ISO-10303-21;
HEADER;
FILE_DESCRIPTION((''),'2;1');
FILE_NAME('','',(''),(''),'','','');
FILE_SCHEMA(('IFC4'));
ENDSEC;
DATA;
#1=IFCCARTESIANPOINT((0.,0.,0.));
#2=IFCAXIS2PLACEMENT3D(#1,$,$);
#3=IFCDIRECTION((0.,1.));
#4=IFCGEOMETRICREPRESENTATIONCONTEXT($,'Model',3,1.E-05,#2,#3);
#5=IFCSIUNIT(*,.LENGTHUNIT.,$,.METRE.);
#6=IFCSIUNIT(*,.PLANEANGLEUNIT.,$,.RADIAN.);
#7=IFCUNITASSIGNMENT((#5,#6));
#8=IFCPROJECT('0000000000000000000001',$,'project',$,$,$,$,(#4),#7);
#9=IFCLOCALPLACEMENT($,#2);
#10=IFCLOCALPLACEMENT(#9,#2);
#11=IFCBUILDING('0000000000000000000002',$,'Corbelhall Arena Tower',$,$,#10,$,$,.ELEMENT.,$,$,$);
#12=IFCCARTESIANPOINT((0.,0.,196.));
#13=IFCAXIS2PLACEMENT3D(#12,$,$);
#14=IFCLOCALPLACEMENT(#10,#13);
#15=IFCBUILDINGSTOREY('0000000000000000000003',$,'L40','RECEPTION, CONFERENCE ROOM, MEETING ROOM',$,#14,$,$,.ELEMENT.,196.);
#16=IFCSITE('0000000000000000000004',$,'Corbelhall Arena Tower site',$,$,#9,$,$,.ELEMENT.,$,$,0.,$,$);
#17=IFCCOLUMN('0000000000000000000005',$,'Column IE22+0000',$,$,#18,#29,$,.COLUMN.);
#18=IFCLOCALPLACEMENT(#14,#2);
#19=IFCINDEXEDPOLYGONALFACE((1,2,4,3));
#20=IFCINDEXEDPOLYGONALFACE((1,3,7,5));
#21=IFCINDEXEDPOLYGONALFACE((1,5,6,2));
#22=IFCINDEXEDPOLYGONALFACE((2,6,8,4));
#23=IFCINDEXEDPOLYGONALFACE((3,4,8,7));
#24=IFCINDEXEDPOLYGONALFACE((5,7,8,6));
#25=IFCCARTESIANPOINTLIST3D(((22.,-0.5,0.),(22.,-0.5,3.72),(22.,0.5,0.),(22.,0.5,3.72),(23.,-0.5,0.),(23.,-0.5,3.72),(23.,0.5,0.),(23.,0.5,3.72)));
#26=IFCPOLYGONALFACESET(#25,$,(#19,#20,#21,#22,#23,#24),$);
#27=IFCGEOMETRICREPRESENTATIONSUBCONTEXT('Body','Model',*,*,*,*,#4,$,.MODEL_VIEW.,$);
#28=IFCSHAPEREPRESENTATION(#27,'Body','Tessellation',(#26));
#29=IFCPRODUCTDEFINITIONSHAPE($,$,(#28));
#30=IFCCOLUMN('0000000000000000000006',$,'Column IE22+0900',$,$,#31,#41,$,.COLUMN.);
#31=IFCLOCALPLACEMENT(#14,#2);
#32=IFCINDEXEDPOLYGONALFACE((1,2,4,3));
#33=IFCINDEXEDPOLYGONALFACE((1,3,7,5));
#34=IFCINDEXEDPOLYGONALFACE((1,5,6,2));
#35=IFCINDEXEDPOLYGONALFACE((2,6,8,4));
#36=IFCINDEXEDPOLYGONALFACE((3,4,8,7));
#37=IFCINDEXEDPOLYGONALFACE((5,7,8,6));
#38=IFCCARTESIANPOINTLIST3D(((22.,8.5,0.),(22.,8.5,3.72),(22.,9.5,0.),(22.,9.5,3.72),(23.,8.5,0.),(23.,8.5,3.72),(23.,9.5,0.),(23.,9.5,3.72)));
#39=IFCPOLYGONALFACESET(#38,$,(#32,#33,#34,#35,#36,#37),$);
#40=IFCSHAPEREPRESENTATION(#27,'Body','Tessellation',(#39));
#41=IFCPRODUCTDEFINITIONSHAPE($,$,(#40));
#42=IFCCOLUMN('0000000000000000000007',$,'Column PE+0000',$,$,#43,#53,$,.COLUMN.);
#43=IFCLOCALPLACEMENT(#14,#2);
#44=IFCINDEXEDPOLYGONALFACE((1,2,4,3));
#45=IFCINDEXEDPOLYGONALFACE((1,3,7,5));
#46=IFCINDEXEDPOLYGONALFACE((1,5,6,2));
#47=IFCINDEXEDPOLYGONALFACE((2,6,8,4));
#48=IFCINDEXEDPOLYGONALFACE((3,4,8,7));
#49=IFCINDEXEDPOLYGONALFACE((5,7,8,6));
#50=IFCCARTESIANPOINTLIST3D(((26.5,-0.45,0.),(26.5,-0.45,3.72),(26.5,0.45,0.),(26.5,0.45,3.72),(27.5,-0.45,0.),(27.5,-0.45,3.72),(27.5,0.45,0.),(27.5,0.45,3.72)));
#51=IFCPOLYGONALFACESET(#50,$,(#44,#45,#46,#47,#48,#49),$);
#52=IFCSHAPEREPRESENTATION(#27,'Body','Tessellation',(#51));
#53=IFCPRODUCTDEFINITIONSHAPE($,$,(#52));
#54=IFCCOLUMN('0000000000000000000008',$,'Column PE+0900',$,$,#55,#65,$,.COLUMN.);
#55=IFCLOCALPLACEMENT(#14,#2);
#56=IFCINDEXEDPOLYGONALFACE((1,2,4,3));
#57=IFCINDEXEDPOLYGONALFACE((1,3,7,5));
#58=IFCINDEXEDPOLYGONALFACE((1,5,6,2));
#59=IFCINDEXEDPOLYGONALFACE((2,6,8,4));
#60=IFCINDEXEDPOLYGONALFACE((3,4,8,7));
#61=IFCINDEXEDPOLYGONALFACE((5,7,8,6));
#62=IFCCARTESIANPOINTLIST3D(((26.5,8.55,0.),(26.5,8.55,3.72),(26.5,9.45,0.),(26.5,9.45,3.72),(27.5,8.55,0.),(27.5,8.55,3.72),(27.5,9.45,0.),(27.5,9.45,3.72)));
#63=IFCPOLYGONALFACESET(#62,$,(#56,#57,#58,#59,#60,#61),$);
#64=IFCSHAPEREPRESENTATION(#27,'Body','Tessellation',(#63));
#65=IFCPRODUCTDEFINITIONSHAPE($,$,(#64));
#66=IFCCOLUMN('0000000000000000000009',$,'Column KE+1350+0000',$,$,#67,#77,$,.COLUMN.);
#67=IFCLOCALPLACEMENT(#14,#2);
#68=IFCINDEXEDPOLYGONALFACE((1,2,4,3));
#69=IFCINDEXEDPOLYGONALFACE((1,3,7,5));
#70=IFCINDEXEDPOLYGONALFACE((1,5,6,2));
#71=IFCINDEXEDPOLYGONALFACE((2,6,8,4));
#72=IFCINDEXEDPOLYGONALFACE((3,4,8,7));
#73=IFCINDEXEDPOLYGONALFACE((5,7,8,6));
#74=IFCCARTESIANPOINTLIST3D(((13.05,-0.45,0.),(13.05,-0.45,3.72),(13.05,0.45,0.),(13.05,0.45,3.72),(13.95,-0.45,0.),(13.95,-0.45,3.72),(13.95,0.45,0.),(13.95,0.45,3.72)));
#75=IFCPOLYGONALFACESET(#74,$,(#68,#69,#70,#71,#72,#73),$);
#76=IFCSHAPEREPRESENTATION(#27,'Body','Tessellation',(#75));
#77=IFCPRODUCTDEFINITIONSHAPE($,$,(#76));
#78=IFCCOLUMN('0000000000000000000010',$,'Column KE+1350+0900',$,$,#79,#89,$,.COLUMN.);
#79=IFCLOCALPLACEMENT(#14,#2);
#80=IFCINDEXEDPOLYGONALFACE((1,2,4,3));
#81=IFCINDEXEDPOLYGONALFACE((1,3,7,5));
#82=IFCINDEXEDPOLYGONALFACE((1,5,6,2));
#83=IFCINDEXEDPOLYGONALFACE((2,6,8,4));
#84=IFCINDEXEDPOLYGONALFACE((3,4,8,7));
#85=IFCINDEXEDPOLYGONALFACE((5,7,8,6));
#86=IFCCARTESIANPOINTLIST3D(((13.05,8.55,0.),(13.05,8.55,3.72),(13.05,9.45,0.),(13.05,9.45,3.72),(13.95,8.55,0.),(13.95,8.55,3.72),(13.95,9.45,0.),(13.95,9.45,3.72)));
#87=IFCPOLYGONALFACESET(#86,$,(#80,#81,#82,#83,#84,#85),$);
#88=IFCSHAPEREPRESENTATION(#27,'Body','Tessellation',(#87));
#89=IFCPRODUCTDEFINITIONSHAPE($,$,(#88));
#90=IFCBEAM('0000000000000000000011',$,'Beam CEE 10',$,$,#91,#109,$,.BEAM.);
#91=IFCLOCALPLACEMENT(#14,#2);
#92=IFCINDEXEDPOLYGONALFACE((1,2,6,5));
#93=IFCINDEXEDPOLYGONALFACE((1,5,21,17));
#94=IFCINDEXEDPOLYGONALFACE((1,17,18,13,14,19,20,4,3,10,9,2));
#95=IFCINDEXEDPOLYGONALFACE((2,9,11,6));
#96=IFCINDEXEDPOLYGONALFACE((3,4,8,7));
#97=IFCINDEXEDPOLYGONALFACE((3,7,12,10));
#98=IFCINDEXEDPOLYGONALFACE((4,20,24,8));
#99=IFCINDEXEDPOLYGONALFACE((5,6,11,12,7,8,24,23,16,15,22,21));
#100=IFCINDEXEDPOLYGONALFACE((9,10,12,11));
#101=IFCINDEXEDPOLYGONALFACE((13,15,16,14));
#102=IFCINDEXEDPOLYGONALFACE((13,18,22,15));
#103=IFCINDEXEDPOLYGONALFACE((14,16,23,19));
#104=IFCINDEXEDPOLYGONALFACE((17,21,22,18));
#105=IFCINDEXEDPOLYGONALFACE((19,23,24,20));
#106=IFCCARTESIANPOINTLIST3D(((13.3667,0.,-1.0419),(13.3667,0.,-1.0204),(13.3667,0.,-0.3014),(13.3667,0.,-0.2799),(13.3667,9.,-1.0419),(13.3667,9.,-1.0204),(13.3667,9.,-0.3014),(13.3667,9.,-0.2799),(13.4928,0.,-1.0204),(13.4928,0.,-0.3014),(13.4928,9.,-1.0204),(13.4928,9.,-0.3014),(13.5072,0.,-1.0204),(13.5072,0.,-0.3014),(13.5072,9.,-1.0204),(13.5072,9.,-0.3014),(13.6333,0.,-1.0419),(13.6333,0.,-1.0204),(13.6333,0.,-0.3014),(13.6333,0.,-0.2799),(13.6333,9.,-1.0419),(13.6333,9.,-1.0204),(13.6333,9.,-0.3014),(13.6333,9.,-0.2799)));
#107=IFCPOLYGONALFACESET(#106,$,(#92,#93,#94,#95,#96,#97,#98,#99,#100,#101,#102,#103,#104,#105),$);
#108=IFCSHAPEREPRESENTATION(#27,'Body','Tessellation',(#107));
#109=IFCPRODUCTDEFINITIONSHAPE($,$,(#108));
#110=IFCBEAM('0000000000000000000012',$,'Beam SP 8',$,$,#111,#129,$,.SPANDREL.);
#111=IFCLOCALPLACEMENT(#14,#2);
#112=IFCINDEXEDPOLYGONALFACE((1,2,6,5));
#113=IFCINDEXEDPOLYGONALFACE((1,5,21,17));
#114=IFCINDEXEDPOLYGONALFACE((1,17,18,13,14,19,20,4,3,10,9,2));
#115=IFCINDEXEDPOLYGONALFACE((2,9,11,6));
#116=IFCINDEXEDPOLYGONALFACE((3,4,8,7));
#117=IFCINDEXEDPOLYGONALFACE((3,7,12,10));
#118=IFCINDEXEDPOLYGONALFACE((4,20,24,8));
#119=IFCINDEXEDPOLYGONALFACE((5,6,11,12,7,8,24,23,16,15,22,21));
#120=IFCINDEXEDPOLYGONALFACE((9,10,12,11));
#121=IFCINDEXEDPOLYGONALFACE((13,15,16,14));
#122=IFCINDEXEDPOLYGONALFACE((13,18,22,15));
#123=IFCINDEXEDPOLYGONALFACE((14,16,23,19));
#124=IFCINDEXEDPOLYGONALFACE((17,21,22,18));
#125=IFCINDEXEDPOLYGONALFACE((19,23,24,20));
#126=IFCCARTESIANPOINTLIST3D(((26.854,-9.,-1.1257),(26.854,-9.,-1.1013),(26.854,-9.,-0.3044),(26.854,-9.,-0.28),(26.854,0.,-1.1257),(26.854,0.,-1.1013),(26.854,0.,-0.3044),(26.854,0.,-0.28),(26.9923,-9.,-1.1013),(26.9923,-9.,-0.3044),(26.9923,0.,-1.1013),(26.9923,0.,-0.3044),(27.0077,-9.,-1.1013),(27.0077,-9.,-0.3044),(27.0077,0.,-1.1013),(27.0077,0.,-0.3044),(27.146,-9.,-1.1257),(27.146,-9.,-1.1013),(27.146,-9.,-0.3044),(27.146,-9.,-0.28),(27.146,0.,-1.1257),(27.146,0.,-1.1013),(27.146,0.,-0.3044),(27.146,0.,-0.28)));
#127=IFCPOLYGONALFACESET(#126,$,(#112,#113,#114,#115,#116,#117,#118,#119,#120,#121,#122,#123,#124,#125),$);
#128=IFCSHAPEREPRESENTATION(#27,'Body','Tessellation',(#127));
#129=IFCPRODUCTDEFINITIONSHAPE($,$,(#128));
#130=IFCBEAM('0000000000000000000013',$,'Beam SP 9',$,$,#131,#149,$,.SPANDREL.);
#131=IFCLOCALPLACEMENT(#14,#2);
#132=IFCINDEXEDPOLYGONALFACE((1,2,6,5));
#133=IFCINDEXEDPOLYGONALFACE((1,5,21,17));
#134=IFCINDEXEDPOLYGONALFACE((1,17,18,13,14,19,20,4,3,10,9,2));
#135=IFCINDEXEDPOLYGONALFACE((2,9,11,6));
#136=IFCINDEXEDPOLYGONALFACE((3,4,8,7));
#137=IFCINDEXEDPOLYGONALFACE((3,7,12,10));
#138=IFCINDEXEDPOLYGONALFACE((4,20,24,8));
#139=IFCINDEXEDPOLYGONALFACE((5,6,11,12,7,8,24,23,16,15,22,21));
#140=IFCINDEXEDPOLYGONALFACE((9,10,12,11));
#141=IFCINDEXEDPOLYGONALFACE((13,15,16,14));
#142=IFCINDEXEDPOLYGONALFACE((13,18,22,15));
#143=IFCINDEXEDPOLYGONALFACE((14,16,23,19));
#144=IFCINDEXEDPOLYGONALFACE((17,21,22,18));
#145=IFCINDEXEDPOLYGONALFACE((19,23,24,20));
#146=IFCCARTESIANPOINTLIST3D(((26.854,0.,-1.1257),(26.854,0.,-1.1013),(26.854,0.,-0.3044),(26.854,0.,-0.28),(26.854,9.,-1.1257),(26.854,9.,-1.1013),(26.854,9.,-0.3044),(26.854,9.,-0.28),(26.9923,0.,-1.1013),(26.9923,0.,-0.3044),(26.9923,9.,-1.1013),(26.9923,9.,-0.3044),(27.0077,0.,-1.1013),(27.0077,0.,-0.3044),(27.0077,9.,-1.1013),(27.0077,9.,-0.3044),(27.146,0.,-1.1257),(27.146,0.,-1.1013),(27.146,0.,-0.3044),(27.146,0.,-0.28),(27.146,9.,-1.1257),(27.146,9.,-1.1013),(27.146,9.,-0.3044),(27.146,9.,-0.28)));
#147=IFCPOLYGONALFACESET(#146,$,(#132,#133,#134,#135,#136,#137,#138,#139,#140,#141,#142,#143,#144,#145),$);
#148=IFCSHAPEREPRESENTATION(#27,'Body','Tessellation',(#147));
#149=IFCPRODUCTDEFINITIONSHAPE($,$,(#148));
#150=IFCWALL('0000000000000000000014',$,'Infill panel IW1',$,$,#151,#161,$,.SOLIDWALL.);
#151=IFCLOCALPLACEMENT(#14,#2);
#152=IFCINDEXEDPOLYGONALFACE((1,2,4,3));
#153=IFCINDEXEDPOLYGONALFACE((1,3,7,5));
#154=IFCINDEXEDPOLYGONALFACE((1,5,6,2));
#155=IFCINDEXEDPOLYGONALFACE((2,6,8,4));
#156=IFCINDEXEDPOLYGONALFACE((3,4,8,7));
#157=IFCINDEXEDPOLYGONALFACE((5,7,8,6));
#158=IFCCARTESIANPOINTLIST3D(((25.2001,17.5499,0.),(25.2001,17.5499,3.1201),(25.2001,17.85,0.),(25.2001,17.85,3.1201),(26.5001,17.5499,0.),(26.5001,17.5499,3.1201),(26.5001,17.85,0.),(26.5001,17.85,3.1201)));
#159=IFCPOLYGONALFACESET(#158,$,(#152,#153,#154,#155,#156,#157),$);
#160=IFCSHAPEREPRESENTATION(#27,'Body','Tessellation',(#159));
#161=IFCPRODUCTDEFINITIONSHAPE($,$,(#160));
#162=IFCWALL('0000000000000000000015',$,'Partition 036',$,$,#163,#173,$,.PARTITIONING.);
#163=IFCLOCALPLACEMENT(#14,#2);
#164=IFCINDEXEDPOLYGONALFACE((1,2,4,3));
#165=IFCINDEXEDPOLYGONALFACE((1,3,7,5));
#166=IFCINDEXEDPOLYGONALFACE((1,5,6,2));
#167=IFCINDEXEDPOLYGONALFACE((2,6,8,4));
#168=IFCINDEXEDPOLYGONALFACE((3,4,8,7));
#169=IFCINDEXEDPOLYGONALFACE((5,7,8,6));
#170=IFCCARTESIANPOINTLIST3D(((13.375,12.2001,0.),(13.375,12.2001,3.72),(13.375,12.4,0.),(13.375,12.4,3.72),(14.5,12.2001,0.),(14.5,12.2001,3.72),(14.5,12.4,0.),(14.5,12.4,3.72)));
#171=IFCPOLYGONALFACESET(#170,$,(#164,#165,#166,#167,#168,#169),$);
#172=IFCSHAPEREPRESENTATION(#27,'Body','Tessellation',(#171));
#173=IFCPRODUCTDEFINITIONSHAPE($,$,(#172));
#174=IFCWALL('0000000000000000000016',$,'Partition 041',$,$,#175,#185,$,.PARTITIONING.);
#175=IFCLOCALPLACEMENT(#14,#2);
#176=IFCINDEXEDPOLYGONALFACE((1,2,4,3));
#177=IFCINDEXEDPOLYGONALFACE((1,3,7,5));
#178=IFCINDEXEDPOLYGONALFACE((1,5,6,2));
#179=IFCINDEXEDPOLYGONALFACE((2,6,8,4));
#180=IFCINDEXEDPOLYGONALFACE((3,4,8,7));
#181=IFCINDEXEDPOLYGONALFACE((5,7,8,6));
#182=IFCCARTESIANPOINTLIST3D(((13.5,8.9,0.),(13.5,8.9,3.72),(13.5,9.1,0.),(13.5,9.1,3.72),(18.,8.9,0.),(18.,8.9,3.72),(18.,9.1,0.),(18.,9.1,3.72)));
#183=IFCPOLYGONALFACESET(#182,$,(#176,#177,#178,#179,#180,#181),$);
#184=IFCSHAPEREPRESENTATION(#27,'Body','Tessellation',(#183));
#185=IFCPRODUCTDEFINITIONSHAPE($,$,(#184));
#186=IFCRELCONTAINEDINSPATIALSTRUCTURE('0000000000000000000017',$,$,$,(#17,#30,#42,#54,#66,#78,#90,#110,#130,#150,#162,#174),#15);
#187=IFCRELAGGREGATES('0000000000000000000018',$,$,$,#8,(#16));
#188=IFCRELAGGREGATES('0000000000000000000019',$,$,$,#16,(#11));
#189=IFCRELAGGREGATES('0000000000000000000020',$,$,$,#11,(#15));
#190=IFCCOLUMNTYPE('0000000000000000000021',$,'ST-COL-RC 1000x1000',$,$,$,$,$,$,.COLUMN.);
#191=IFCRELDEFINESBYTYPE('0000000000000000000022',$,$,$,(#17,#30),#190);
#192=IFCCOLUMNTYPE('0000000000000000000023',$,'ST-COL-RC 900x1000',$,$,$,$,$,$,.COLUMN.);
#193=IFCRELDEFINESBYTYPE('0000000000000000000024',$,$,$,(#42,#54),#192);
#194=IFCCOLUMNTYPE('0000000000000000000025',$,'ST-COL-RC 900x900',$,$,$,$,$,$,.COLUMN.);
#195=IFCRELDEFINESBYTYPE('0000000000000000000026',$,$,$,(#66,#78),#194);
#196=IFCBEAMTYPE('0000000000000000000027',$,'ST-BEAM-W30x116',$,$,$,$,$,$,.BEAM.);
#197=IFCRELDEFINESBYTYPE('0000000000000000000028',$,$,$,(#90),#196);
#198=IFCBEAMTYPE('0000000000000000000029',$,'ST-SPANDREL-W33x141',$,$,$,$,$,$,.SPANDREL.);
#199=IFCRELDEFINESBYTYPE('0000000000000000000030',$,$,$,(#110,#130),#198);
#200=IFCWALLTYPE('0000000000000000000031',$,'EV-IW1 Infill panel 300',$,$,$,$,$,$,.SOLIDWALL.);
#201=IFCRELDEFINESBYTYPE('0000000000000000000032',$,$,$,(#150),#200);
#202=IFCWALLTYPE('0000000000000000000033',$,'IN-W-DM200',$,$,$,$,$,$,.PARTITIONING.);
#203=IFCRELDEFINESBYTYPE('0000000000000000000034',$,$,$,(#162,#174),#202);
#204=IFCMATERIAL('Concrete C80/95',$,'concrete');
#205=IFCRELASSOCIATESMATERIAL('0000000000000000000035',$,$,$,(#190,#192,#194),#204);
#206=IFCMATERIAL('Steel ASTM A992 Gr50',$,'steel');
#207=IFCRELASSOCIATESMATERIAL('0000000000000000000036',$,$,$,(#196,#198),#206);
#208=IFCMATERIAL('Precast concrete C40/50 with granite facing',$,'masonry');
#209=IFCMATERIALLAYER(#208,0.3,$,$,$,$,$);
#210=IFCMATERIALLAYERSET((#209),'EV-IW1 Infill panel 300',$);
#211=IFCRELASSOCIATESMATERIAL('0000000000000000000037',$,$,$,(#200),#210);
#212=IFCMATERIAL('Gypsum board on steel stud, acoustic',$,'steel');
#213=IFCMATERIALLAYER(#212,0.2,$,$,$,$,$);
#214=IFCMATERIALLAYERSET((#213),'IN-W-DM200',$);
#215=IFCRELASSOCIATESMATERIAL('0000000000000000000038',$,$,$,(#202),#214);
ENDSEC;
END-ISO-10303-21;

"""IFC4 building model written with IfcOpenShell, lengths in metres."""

from ifc_helpers import new_model, si_unit, direction, frame, frame_2d, origin, origin_2d, place, context, subcontext, project, spatial, rectangle, i_section, extrude, material, layer, layer_set, material_profile, profile_set, type_object, element, save


model = new_model("IFC4")

# Units and contexts
model_context = context("Model", 3, precision=1e-05, world=origin(), true_north=direction((0.0, 1.0)))
body_context = subcontext(model_context, "Body", "Model", "MODEL_VIEW")
ifc_project = project(units=[si_unit("LENGTHUNIT", "METRE"), si_unit("PLANEANGLEUNIT", "RADIAN")], contexts=[model_context])

# Site, building, storey
site_placement = place(None, origin())
site = spatial("IfcSite", under=ifc_project, at=site_placement, Name="Corbelhall Arena Tower site", CompositionType="ELEMENT", RefElevation=0.0)
building_placement = place(site_placement, origin())
building = spatial("IfcBuilding", under=site, at=building_placement, Name="Corbelhall Arena Tower", CompositionType="ELEMENT")
storey_placement = place(building_placement, frame((0.0, 0.0, 196.0)))
storey = spatial("IfcBuildingStorey", under=building, at=storey_placement, Name="L40", Description="RECEPTION, CONFERENCE ROOM, MEETING ROOM", CompositionType="ELEMENT", Elevation=196.0)

# Columns
ifc_material_1 = material(Name="Concrete C80/95", Category="concrete")
ifc_material_profile_1 = material_profile(ifc_material_1, rectangle(XDim=1.0, YDim=1.0, at=origin_2d()))
ifc_profile_set_1 = profile_set([ifc_material_profile_1], Name="Concrete C80/95")
column_type_1 = type_object("IfcColumnType", Name="ST-COL-RC 1000x1000", PredefinedType="COLUMN", material=ifc_profile_set_1)
for number, where, z_axis, x_axis, name in (
    (1, (22.5, 0.0, 0.0), (0.0, 0.0, 1.0), (1.0, 0.0, 0.0), "Column IE22+0000"),
    (2, (22.5, 9.0, 0.0), (0.0, 0.0, 1.0), (1.0, 0.0, 0.0), "Column IE22+0900"),
):
    element("IfcColumn", number, at=place(storey_placement, frame(where, z_axis=z_axis, x_axis=x_axis)), inside=storey, type_object=column_type_1, Name=name, PredefinedType="COLUMN", context=body_context, shape_type="SweptSolid", body=[
        extrude(rectangle(XDim=1.0, YDim=1.0, at=origin_2d()), origin(), (0.0, 0.0, 1.0), 3.72),
    ])
ifc_material_profile_2 = material_profile(ifc_material_1, rectangle(XDim=0.8999, YDim=1.0, at=origin_2d()))
ifc_profile_set_2 = profile_set([ifc_material_profile_2], Name="Concrete C80/95")
column_type_2 = type_object("IfcColumnType", Name="ST-COL-RC 900x1000", PredefinedType="COLUMN", material=ifc_profile_set_2)
for number, where, z_axis, x_axis, name in (
    (3, (27.0, 0.0, 0.0), (0.0, 0.0, 1.0), (0.0, 1.0, 0.0), "Column PE+0000"),
    (4, (27.0, 9.0, 0.0), (0.0, 0.0, 1.0), (0.0, 1.0, 0.0), "Column PE+0900"),
):
    element("IfcColumn", number, at=place(storey_placement, frame(where, z_axis=z_axis, x_axis=x_axis)), inside=storey, type_object=column_type_2, Name=name, PredefinedType="COLUMN", context=body_context, shape_type="SweptSolid", body=[
        extrude(rectangle(XDim=0.8999, YDim=1.0, at=origin_2d()), origin(), (0.0, 0.0, 1.0), 3.72),
    ])
ifc_material_profile_3 = material_profile(ifc_material_1, rectangle(XDim=0.8999, YDim=0.8999, at=origin_2d()))
ifc_profile_set_3 = profile_set([ifc_material_profile_3], Name="Concrete C80/95")
column_type_3 = type_object("IfcColumnType", Name="ST-COL-RC 900x900", PredefinedType="COLUMN", material=ifc_profile_set_3)
for number, where, z_axis, x_axis, name in (
    (5, (13.5, 0.0, 0.0), (0.0, 0.0, 1.0), (1.0, 0.0, 0.0), "Column KE+1350+0000"),
    (6, (13.5, 9.0, 0.0), (0.0, 0.0, 1.0), (1.0, 0.0, 0.0), "Column KE+1350+0900"),
):
    element("IfcColumn", number, at=place(storey_placement, frame(where, z_axis=z_axis, x_axis=x_axis)), inside=storey, type_object=column_type_3, Name=name, PredefinedType="COLUMN", context=body_context, shape_type="SweptSolid", body=[
        extrude(rectangle(XDim=0.8999, YDim=0.8999, at=origin_2d()), origin(), (0.0, 0.0, 1.0), 3.72),
    ])

# Beams
ifc_material_2 = material(Name="Steel ASTM A992 Gr50", Category="steel")
ifc_material_profile_4 = material_profile(ifc_material_2, i_section(OverallWidth=0.2666, OverallDepth=0.762, WebThickness=0.0144, FlangeThickness=0.0215, at=origin_2d()))
ifc_profile_set_4 = profile_set([ifc_material_profile_4], Name="Steel ASTM A992 Gr50")
beam_type_1 = type_object("IfcBeamType", Name="ST-BEAM-W30x116", PredefinedType="BEAM", material=ifc_profile_set_4)
beam_placement = place(storey_placement, frame((13.5, 0.0, -0.6609), z_axis=(0.0, 1.0, 0.0), x_axis=(-1.0, 0.0, 0.0)))
element("IfcBeam", 7, at=beam_placement, inside=storey, type_object=beam_type_1, Name="Beam CEE 10", PredefinedType="BEAM", context=body_context, shape_type="SweptSolid", body=[
    extrude(i_section(OverallWidth=0.2666, OverallDepth=0.762, WebThickness=0.0144, FlangeThickness=0.0215, at=origin_2d()), origin(), (0.0, 0.0, 1.0), 9.0),
])
ifc_material_profile_5 = material_profile(ifc_material_2, i_section(OverallWidth=0.292, OverallDepth=0.8457, WebThickness=0.0154, FlangeThickness=0.0244, at=origin_2d()))
ifc_profile_set_5 = profile_set([ifc_material_profile_5], Name="Steel ASTM A992 Gr50")
beam_type_2 = type_object("IfcBeamType", Name="ST-SPANDREL-W33x141", PredefinedType="SPANDREL", material=ifc_profile_set_5)
for number, where, z_axis, x_axis, name in (
    (8, (27.0, 0.0, -0.7029), (0.0, -1.0, 0.0), (1.0, 0.0, 0.0), "Beam SP 8"),
    (9, (27.0, 9.0, -0.7029), (0.0, -1.0, 0.0), (1.0, 0.0, 0.0), "Beam SP 9"),
):
    element("IfcBeam", number, at=place(storey_placement, frame(where, z_axis=z_axis, x_axis=x_axis)), inside=storey, type_object=beam_type_2, Name=name, PredefinedType="SPANDREL", context=body_context, shape_type="SweptSolid", body=[
        extrude(i_section(OverallWidth=0.292, OverallDepth=0.8457, WebThickness=0.0154, FlangeThickness=0.0244, at=origin_2d()), origin(), (0.0, 0.0, 1.0), 9.0),
    ])

# Shared definitions
ifc_material_3 = material(Name="Precast concrete C40/50 with granite facing", Category="masonry")
ifc_layer_1 = layer(ifc_material_3, 0.3)
ifc_layer_set_1 = layer_set([ifc_layer_1], Name="EV-IW1 Infill panel 300")
wall_type_1 = type_object("IfcWallType", Name="EV-IW1 Infill panel 300", PredefinedType="SOLIDWALL", material=ifc_layer_set_1)

# Walls
wall_1_placement = place(storey_placement, frame((26.5, 17.7, 0.0), z_axis=(0.0, 0.0, 1.0), x_axis=(-1.0, 0.0, 0.0)))
element("IfcWall", 10, at=wall_1_placement, inside=storey, type_object=wall_type_1, Name="Infill panel IW1", PredefinedType="SOLIDWALL", context=body_context, shape_type="SweptSolid", body=[
    extrude(rectangle(XDim=1.3, YDim=0.3, at=frame_2d((0.6499, 0.0))), origin(), (0.0, 0.0, 1.0), 3.1201),
])
ifc_material_4 = material(Name="Gypsum board on steel stud, acoustic", Category="steel")
ifc_layer_2 = layer(ifc_material_4, 0.2)
ifc_layer_set_2 = layer_set([ifc_layer_2], Name="IN-W-DM200")
wall_type_2 = type_object("IfcWallType", Name="IN-W-DM200", PredefinedType="PARTITIONING", material=ifc_layer_set_2)
wall_2_placement = place(storey_placement, frame((13.375, 12.3, 0.0), z_axis=(0.0, 0.0, 1.0), x_axis=(1.0, 0.0, 0.0)))
element("IfcWall", 11, at=wall_2_placement, inside=storey, type_object=wall_type_2, Name="Partition 036", PredefinedType="PARTITIONING", context=body_context, shape_type="SweptSolid", body=[
    extrude(rectangle(XDim=1.125, YDim=0.2, at=frame_2d((0.5625, 0.0))), origin(), (0.0, 0.0, 1.0), 3.72),
])
wall_3_placement = place(storey_placement, frame((18.0, 9.0, 0.0), z_axis=(0.0, 0.0, 1.0), x_axis=(-1.0, 0.0, 0.0)))
element("IfcWall", 12, at=wall_3_placement, inside=storey, type_object=wall_type_2, Name="Partition 041", PredefinedType="PARTITIONING", context=body_context, shape_type="SweptSolid", body=[
    extrude(rectangle(XDim=4.5, YDim=0.2, at=frame_2d((2.25, 0.0))), origin(), (0.0, 0.0, 1.0), 3.72),
])

save(model, "model.ifc")
